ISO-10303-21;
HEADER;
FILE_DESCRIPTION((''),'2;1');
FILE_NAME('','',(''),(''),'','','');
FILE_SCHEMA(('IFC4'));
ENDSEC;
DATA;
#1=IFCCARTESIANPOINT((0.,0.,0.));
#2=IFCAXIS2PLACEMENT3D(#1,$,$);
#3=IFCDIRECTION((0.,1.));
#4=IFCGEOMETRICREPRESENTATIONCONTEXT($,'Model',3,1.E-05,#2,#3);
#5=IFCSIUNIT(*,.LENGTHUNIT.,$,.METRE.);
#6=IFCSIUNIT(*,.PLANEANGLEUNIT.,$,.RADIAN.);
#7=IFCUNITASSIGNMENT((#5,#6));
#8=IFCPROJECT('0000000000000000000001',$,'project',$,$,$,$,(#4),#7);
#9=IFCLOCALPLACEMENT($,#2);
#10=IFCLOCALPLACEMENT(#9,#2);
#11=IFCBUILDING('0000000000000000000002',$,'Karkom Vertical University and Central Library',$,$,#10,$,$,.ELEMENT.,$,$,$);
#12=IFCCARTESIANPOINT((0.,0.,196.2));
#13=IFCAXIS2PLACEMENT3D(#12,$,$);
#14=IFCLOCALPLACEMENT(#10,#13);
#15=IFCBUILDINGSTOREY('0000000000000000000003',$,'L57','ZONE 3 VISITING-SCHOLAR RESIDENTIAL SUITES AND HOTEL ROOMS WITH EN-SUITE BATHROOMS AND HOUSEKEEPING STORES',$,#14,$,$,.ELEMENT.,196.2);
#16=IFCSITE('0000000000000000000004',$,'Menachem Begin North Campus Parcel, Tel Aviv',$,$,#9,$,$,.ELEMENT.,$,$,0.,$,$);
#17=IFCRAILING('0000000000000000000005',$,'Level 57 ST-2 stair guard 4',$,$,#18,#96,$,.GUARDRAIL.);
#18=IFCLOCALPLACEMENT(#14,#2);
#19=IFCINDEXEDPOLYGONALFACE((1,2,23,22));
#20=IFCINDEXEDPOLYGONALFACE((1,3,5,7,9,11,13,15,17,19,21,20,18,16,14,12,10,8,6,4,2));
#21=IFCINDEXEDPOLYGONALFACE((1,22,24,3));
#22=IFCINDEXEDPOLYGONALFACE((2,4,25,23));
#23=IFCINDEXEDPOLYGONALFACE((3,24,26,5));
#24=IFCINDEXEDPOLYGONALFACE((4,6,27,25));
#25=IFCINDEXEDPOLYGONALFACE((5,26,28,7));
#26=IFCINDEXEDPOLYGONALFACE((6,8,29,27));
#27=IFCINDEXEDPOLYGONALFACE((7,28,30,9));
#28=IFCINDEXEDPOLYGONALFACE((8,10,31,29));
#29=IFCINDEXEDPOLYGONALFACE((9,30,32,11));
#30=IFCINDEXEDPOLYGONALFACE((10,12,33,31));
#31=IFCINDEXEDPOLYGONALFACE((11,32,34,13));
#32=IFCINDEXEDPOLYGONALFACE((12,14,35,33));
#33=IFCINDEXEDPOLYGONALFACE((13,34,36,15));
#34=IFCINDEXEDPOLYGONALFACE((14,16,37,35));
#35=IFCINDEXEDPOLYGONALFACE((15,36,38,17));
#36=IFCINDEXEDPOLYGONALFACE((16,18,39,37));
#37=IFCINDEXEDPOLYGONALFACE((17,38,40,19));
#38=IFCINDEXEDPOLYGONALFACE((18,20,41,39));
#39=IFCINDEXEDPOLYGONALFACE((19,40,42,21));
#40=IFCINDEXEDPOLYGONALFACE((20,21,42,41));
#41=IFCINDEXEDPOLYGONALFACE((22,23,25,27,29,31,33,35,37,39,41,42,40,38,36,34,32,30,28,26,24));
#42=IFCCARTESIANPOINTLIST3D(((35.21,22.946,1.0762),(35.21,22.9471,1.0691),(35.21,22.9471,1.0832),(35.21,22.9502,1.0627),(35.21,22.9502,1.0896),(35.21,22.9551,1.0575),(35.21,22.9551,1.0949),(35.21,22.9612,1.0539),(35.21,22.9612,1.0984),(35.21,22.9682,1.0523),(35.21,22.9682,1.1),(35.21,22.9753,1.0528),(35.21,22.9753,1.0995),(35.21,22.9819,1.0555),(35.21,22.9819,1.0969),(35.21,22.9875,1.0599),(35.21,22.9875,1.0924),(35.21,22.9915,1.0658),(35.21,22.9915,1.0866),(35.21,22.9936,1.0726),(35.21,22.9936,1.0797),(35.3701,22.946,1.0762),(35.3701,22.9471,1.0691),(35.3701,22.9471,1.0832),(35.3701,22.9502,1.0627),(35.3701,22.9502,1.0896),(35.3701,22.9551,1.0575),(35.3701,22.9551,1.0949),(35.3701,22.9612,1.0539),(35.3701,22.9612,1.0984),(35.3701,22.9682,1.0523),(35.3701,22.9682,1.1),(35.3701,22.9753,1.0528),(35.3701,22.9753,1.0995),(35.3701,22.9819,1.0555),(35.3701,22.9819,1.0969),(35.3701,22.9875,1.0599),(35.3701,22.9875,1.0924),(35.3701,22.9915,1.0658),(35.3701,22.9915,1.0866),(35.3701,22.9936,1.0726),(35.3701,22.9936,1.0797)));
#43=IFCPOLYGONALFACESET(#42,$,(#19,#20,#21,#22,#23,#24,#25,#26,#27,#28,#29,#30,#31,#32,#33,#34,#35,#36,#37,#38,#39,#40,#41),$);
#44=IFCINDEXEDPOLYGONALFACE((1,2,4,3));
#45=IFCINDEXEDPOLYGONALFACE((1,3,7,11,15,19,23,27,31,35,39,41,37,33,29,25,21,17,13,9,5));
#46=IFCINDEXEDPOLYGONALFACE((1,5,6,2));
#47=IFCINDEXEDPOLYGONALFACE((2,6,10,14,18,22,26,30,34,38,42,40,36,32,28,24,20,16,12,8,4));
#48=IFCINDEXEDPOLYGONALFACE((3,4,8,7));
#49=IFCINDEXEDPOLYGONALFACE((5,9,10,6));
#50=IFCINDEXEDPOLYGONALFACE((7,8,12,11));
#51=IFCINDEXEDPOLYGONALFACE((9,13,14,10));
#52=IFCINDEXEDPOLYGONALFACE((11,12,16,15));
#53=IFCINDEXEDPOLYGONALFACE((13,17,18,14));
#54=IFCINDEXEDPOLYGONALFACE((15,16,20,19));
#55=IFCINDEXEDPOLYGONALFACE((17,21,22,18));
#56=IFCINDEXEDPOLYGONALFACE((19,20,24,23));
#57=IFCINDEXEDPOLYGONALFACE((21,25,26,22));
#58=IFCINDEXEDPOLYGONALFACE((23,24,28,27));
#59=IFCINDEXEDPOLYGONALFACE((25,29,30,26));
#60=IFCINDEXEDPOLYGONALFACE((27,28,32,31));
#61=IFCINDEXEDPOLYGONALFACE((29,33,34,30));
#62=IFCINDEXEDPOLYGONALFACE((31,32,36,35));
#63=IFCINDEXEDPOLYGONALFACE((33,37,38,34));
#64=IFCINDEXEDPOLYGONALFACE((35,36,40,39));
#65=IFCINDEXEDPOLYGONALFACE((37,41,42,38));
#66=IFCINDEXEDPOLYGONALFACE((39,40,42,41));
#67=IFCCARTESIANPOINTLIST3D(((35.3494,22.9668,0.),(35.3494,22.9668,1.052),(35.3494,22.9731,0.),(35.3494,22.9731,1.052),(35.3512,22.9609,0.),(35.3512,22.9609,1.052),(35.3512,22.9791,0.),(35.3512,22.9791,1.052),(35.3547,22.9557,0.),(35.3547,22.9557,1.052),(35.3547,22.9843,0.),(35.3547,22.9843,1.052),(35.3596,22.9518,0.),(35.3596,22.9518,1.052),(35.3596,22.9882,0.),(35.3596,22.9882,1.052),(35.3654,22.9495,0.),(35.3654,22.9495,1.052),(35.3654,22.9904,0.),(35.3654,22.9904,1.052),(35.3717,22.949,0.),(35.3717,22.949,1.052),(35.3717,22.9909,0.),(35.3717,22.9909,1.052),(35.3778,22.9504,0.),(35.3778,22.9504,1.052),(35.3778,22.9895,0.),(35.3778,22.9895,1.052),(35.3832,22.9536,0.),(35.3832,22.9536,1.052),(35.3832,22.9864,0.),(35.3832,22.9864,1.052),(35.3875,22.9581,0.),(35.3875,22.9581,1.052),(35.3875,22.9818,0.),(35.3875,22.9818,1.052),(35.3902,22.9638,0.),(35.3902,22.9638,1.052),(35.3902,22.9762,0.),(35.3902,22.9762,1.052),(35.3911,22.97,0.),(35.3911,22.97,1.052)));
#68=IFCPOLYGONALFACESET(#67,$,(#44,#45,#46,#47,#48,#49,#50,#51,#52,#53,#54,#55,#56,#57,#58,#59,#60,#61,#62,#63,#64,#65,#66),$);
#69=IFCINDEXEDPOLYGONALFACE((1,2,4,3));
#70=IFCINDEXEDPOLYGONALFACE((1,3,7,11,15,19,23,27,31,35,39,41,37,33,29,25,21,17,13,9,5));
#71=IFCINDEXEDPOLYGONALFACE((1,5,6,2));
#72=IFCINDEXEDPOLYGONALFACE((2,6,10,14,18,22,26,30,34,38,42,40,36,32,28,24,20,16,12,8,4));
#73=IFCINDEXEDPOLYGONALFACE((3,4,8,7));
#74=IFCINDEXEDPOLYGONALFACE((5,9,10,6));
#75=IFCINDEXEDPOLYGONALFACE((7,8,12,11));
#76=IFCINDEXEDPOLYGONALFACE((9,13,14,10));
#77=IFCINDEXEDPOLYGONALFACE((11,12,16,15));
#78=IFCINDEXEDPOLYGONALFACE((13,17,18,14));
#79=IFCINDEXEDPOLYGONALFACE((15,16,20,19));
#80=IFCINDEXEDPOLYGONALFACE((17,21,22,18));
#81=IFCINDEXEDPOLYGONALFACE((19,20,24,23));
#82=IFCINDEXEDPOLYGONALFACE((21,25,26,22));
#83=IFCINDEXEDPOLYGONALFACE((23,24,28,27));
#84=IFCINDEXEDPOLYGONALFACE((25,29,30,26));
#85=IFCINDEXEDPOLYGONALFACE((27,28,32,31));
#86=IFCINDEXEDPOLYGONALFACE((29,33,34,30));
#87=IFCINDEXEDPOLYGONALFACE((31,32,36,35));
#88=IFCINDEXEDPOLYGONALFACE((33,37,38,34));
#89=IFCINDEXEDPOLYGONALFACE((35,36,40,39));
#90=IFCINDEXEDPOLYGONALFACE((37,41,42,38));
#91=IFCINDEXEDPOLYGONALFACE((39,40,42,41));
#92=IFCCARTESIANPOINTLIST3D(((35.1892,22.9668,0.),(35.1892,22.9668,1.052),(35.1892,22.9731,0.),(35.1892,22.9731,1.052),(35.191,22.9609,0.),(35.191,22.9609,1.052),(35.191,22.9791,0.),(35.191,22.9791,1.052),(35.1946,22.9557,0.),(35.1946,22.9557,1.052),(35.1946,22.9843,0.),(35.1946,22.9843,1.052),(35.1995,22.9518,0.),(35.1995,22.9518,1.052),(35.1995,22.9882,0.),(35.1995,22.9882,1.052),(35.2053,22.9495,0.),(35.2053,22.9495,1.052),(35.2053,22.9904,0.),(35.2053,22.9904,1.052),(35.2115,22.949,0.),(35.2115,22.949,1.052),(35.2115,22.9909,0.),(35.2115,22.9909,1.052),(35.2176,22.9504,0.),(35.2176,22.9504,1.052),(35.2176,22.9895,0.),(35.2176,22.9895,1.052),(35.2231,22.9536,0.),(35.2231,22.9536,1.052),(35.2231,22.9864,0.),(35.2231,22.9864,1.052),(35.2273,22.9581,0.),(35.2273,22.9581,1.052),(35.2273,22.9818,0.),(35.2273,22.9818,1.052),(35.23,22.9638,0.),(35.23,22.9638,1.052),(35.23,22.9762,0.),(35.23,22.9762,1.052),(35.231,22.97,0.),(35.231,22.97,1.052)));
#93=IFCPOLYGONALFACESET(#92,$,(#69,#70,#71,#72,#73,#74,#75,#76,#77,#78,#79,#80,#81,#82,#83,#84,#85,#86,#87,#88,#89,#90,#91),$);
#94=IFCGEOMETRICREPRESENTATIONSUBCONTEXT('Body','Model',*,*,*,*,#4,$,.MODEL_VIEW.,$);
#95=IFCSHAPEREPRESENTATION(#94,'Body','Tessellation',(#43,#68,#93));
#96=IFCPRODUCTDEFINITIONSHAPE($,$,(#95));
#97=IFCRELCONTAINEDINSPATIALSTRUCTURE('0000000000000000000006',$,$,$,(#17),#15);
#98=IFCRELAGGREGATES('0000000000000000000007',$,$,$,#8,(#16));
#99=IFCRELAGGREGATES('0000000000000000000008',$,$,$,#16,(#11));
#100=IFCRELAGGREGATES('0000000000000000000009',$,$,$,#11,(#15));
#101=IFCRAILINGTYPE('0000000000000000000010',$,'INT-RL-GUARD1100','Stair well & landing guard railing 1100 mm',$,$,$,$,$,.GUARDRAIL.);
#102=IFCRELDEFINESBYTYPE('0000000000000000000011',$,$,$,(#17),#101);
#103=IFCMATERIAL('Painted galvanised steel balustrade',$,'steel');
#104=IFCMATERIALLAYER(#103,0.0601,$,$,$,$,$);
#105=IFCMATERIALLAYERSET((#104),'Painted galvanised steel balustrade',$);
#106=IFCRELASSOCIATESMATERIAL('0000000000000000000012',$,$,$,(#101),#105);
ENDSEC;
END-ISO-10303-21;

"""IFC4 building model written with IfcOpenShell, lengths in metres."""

from ifc_helpers import new_model, si_unit, direction, frame, origin, origin_2d, place, context, subcontext, project, spatial, circle, extrude, material, layer, layer_set, type_object, element, save


model = new_model("IFC4")

# Units and contexts
model_context = context("Model", 3, precision=1e-05, world=origin(), true_north=direction((0.0, 1.0)))
body_context = subcontext(model_context, "Body", "Model", "MODEL_VIEW")
ifc_project = project(units=[si_unit("LENGTHUNIT", "METRE"), si_unit("PLANEANGLEUNIT", "RADIAN")], contexts=[model_context])

# Site, building, storey
site_placement = place(None, origin())
site = spatial("IfcSite", under=ifc_project, at=site_placement, Name="Menachem Begin North Campus Parcel, Tel Aviv", CompositionType="ELEMENT", RefElevation=0.0)
building_placement = place(site_placement, origin())
building = spatial("IfcBuilding", under=site, at=building_placement, Name="Karkom Vertical University and Central Library", CompositionType="ELEMENT")
storey_placement = place(building_placement, frame((0.0, 0.0, 196.2)))
storey = spatial("IfcBuildingStorey", under=building, at=storey_placement, Name="L57", Description="ZONE 3 VISITING-SCHOLAR RESIDENTIAL SUITES AND HOTEL ROOMS WITH EN-SUITE BATHROOMS AND HOUSEKEEPING STORES", CompositionType="ELEMENT", Elevation=196.2)

# Railing
ifc_material_1 = material(Name="Painted galvanised steel balustrade", Category="steel")
ifc_layer_1 = layer(ifc_material_1, 0.0601)
ifc_layer_set_1 = layer_set([ifc_layer_1], Name="Painted galvanised steel balustrade")
railing_type_1 = type_object("IfcRailingType", Name="INT-RL-GUARD1100", Description="Stair well & landing guard railing 1100 mm", PredefinedType="GUARDRAIL", material=ifc_layer_set_1)
railing_1_placement = place(storey_placement, frame((35.3701, 22.97, 0.0)))
element("IfcRailing", 1, at=railing_1_placement, inside=storey, type_object=railing_type_1, Name="Level 57 ST-2 stair guard 4", PredefinedType="GUARDRAIL", context=body_context, shape_type="SweptSolid", body=[
    extrude(circle(Radius=0.0239, at=origin_2d()), frame((0.0, 0.0, 1.0762), z_axis=(-1.0, 0.0, 0.0), x_axis=(0.0, -1.0, 0.0)), (0.0, 0.0, 1.0), 0.1602),
    extrude(circle(Radius=0.021, at=origin_2d()), origin(), (0.0, 0.0, 1.0), 1.052),
    extrude(circle(Radius=0.021, at=origin_2d()), frame((-0.1602, 0.0, 0.0)), (0.0, 0.0, 1.0), 1.052),
])

save(model, "model.ifc")
